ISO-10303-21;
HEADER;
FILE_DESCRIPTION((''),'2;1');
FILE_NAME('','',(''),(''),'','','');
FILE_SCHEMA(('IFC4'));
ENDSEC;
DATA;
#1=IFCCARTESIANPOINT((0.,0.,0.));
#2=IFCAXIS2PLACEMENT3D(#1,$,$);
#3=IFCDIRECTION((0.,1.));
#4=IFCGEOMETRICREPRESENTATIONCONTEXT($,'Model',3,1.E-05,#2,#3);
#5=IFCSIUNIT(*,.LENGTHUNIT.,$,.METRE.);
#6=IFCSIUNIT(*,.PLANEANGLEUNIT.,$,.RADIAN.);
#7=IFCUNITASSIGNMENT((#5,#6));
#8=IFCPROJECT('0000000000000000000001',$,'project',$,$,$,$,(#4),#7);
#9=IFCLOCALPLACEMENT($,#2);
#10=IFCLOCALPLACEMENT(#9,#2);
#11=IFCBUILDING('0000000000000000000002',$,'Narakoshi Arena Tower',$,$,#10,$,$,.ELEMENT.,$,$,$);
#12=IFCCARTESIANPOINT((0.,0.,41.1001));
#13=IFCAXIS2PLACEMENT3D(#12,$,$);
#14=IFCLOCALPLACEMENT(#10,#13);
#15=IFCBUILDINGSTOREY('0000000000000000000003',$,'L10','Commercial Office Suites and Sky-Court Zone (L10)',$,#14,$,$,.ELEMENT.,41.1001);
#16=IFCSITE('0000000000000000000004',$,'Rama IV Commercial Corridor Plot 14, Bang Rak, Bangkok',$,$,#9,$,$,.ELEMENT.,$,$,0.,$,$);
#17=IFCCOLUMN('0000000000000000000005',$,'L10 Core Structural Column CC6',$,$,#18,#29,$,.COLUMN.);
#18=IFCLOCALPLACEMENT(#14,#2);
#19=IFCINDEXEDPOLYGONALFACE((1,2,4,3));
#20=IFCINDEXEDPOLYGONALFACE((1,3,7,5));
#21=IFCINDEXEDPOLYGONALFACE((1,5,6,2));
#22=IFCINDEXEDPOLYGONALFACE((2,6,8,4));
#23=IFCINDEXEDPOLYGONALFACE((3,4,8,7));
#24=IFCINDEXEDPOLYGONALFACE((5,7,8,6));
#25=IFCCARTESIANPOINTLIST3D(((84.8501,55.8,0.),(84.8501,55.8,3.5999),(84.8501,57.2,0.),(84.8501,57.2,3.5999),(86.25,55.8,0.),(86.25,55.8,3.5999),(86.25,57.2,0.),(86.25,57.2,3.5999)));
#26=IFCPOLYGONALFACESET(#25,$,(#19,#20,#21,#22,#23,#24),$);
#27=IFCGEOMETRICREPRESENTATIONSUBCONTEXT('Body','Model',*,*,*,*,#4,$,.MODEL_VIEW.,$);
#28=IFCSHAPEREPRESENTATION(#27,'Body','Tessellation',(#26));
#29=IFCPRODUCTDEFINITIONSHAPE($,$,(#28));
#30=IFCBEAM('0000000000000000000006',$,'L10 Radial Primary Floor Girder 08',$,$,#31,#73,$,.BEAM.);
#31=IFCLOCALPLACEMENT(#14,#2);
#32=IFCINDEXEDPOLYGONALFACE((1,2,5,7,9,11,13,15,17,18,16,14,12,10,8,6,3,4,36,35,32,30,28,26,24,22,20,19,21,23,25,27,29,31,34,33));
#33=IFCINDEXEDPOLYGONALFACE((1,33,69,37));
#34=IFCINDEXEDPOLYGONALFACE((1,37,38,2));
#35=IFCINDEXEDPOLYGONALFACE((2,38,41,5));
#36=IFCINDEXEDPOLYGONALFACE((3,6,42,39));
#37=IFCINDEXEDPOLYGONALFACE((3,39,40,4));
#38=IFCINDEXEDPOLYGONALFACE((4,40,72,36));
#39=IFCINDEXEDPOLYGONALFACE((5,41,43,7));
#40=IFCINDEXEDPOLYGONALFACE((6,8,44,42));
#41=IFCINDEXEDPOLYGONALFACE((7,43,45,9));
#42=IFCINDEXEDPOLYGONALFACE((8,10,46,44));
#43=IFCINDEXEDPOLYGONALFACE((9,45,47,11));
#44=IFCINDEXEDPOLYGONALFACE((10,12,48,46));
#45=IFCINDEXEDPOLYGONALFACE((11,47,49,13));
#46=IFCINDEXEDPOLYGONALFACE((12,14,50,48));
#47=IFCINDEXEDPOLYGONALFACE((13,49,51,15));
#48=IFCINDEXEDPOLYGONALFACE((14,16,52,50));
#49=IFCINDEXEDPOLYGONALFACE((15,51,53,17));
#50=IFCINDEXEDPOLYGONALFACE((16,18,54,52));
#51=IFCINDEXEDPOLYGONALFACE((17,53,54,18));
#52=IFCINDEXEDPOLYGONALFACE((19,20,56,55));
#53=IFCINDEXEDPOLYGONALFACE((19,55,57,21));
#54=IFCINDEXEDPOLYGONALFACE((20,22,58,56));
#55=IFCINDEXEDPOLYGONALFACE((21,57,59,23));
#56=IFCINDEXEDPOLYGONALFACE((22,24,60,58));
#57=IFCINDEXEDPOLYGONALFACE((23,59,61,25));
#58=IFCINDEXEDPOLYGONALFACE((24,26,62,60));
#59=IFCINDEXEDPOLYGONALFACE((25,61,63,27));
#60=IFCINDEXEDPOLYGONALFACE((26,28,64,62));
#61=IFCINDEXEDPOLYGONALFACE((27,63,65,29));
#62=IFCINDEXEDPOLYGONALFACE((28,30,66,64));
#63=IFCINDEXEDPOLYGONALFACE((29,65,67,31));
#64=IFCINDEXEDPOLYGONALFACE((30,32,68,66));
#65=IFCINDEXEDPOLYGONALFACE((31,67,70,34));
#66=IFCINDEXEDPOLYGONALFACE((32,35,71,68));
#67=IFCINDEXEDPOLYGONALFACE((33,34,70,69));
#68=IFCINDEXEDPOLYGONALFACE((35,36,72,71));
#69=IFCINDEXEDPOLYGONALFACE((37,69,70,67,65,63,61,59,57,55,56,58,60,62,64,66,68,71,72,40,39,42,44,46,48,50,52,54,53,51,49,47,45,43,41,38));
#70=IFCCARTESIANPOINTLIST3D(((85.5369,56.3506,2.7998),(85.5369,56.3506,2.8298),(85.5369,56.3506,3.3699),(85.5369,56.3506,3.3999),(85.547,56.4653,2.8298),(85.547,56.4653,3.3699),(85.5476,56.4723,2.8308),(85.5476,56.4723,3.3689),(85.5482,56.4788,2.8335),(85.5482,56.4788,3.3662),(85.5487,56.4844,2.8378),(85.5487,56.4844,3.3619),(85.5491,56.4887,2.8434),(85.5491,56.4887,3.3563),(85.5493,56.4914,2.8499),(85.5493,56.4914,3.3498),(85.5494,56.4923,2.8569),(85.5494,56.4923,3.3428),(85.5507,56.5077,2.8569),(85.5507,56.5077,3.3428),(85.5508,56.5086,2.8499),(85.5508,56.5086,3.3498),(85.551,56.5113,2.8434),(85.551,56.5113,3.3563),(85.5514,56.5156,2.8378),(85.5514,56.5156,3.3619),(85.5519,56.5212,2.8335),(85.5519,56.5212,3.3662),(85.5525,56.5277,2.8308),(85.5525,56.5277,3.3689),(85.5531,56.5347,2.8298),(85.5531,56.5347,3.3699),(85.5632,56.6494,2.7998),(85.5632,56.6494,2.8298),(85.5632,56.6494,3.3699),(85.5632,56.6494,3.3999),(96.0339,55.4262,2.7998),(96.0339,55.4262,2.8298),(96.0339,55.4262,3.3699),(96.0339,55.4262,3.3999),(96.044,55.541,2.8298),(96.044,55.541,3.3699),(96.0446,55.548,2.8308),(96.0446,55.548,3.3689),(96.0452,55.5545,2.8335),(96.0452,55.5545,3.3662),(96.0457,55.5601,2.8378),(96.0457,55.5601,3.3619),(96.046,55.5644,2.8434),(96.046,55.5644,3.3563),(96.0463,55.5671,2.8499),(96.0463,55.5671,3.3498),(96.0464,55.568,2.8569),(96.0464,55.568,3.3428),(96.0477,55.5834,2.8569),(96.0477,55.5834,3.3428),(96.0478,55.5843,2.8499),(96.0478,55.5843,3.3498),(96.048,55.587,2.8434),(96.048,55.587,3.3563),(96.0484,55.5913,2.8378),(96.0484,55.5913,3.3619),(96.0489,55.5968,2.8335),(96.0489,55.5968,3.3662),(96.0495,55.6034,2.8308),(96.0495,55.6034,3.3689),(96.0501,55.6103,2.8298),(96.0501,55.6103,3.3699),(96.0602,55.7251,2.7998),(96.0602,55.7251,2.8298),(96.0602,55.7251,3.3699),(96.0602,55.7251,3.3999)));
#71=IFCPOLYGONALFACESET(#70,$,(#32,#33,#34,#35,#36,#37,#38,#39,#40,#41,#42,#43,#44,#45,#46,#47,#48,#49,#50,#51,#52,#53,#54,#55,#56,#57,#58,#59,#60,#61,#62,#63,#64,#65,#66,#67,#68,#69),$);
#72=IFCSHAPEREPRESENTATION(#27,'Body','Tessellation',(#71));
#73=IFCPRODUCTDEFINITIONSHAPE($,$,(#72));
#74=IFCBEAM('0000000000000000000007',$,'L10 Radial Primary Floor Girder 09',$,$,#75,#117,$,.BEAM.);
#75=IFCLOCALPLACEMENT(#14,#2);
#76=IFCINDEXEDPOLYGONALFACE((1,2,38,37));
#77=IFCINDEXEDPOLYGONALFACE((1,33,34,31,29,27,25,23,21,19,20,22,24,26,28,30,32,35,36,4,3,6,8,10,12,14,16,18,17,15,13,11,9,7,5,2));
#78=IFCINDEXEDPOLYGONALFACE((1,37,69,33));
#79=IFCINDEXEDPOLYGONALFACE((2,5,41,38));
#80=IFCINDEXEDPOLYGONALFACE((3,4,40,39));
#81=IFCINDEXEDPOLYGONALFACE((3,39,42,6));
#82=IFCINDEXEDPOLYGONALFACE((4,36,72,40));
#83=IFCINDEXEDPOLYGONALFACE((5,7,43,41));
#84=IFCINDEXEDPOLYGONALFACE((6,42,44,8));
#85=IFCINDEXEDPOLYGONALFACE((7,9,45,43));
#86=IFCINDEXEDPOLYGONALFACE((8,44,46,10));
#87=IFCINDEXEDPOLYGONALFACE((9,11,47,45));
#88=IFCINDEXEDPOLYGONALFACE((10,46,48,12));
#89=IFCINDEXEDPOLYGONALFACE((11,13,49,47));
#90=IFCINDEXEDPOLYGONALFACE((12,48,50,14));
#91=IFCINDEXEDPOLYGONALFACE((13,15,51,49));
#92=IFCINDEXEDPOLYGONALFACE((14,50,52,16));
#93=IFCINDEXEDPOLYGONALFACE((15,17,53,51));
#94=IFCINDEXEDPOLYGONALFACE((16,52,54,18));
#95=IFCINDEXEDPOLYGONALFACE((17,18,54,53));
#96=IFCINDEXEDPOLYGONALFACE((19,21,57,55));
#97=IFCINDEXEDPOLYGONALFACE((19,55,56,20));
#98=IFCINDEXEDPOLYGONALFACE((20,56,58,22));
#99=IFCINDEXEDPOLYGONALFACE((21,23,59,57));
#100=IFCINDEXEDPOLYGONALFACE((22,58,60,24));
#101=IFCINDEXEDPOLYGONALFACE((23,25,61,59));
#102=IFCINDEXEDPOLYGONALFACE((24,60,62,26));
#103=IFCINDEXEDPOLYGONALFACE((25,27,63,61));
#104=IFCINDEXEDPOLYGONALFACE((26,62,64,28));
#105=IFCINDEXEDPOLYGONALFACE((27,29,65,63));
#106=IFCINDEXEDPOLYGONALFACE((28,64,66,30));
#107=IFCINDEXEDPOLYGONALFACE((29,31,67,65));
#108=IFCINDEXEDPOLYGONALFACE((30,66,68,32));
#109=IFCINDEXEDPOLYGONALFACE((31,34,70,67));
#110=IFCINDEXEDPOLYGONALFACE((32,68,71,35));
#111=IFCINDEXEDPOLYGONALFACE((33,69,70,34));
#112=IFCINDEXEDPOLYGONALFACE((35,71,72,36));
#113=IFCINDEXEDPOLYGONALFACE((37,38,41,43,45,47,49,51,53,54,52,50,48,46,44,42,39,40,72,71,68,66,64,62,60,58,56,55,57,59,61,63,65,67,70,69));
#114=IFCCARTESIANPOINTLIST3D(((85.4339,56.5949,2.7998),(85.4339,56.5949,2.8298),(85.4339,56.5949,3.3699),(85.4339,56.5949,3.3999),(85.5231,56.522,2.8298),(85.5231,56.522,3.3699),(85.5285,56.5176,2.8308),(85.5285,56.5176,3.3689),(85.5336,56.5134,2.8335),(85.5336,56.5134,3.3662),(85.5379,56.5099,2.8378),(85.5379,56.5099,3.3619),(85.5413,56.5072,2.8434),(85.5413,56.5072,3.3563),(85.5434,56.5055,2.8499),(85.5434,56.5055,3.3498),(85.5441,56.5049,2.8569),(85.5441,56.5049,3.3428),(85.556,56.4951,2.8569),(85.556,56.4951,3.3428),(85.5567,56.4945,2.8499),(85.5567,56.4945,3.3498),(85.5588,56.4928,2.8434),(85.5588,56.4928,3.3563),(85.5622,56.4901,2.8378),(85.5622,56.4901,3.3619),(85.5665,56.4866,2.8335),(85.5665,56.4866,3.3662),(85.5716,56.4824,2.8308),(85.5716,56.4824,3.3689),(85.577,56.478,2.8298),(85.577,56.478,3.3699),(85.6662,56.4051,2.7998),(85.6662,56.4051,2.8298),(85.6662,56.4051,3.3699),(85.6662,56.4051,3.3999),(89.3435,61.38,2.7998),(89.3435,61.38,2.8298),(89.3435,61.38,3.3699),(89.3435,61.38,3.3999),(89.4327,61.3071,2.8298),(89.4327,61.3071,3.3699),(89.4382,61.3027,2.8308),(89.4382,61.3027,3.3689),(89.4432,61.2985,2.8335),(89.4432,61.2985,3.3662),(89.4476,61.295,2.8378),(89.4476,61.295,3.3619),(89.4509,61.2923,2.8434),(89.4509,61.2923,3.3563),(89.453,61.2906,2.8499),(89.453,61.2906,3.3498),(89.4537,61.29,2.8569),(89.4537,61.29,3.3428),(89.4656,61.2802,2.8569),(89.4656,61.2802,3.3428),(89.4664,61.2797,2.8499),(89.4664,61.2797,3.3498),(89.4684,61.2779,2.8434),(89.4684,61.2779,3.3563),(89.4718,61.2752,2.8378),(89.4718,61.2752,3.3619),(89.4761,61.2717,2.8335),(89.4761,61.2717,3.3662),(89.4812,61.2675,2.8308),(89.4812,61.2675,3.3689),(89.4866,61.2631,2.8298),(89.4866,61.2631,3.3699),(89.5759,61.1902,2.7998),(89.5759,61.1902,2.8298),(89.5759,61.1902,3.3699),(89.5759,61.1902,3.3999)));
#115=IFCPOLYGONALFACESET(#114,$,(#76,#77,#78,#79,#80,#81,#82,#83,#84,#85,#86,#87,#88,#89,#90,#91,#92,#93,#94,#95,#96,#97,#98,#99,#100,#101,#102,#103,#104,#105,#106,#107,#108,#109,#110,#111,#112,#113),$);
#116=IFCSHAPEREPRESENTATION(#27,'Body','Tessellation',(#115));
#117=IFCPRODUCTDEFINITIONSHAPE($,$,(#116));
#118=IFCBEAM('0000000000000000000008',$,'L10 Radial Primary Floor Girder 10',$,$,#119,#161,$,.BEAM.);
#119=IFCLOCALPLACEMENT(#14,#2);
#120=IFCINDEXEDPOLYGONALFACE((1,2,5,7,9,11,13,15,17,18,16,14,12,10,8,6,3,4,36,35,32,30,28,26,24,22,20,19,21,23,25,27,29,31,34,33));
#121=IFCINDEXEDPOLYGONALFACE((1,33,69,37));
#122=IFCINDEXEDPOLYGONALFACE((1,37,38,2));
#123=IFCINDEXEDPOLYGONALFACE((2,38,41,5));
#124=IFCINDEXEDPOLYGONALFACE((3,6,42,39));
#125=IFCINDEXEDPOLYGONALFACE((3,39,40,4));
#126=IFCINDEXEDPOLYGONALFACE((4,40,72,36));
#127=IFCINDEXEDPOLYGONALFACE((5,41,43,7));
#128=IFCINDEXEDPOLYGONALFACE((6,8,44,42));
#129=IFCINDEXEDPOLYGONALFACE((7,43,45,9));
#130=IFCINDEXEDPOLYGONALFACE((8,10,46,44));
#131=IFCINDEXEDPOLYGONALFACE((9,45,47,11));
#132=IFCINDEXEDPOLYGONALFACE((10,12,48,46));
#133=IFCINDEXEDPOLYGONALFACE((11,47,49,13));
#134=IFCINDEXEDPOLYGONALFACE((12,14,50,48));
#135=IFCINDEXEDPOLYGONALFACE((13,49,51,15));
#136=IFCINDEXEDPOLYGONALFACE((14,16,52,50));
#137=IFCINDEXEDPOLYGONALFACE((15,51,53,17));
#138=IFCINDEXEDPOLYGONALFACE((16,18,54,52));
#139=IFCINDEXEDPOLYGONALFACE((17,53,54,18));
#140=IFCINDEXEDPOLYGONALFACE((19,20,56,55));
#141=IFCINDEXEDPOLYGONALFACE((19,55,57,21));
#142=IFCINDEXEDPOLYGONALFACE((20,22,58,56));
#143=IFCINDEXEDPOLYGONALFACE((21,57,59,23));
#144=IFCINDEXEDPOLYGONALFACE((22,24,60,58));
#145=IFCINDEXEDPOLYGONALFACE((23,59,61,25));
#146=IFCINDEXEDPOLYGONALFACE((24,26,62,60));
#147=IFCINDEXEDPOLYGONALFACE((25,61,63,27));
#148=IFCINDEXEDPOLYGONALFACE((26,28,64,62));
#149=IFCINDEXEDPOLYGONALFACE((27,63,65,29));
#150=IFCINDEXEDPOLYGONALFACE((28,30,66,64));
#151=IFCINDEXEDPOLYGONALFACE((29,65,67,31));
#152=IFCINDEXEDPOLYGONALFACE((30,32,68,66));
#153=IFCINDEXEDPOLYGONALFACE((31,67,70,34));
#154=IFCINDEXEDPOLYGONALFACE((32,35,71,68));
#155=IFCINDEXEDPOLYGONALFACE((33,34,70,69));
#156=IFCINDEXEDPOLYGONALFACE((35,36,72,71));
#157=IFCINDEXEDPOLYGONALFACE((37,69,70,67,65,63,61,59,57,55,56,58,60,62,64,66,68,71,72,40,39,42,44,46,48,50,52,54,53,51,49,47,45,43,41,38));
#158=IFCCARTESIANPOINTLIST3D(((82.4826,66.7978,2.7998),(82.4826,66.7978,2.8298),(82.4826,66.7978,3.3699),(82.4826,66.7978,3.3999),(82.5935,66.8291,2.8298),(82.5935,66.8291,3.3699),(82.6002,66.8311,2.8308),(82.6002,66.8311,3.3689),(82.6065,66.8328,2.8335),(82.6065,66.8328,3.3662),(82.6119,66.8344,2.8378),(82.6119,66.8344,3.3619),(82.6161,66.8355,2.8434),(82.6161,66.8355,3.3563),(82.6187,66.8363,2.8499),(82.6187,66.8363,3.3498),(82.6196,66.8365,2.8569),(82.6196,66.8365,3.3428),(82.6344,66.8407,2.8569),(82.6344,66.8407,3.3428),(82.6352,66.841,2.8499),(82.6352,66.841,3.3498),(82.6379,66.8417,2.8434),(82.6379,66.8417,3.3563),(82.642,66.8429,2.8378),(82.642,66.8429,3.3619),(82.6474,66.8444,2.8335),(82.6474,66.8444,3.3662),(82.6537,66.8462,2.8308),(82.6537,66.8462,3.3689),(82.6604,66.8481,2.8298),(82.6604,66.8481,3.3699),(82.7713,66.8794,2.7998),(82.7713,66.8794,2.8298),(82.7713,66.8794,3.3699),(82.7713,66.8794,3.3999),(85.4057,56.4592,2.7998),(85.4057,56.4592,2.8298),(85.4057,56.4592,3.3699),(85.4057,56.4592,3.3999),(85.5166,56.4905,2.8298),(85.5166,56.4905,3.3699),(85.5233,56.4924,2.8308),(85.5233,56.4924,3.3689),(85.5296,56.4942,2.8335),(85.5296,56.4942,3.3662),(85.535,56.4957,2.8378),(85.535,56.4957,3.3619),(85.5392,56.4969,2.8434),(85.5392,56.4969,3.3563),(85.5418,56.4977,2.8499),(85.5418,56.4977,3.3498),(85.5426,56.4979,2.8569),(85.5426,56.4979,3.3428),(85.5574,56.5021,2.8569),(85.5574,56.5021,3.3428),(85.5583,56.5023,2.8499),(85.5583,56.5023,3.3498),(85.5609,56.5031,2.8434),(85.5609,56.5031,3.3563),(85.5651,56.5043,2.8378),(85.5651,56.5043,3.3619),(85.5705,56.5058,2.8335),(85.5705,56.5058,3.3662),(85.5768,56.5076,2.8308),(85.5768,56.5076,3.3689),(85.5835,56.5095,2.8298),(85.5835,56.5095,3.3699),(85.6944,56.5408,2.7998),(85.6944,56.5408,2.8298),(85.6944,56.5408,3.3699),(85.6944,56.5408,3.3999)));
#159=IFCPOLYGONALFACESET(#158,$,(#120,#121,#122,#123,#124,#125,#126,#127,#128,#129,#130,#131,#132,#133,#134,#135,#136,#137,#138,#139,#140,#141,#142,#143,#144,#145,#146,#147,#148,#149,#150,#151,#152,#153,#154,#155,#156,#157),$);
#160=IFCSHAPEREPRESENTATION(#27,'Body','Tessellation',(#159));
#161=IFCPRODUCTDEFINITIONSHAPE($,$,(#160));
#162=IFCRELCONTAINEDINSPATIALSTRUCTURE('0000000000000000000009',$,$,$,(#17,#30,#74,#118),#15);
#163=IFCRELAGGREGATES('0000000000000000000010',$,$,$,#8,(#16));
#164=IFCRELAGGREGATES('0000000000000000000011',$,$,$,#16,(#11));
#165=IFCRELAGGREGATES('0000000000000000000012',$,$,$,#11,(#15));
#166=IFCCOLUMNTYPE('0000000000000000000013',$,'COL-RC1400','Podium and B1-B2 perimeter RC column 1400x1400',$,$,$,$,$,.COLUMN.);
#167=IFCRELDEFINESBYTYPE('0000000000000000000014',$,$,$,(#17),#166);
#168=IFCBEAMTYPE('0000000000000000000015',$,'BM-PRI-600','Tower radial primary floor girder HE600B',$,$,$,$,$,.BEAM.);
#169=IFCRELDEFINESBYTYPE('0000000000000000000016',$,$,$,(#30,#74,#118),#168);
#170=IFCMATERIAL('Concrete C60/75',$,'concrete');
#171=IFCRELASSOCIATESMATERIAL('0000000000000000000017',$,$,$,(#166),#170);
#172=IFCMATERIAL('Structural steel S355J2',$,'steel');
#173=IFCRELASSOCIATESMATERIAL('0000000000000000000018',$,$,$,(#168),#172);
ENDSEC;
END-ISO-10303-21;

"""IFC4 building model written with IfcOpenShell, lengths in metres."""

from ifc_helpers import new_model, si_unit, direction, frame, origin, origin_2d, place, context, subcontext, project, spatial, rectangle, i_section, extrude, material, material_profile, profile_set, type_object, element, save


model = new_model("IFC4")

# Units and contexts
model_context = context("Model", 3, precision=1e-05, world=origin(), true_north=direction((0.0, 1.0)))
body_context = subcontext(model_context, "Body", "Model", "MODEL_VIEW")
ifc_project = project(units=[si_unit("LENGTHUNIT", "METRE"), si_unit("PLANEANGLEUNIT", "RADIAN")], contexts=[model_context])

# Site, building, storey
site_placement = place(None, origin())
site = spatial("IfcSite", under=ifc_project, at=site_placement, Name="Rama IV Commercial Corridor Plot 14, Bang Rak, Bangkok", CompositionType="ELEMENT", RefElevation=0.0)
building_placement = place(site_placement, origin())
building = spatial("IfcBuilding", under=site, at=building_placement, Name="Narakoshi Arena Tower", CompositionType="ELEMENT")
storey_placement = place(building_placement, frame((0.0, 0.0, 41.1001)))
storey = spatial("IfcBuildingStorey", under=building, at=storey_placement, Name="L10", Description="Commercial Office Suites and Sky-Court Zone (L10)", CompositionType="ELEMENT", Elevation=41.1001)

# Column
ifc_material_1 = material(Name="Concrete C60/75", Category="concrete")
ifc_material_profile_1 = material_profile(ifc_material_1, rectangle(XDim=1.3999, YDim=1.3999, at=origin_2d()), Name="RC1400x1400")
ifc_profile_set_1 = profile_set([ifc_material_profile_1], Name="Concrete C60/75")
column_type = type_object("IfcColumnType", Name="COL-RC1400", Description="Podium and B1-B2 perimeter RC column 1400x1400", PredefinedType="COLUMN", material=ifc_profile_set_1)
column_placement = place(storey_placement, frame((85.55, 56.5, 0.0), z_axis=(0.0, 0.0, 1.0), x_axis=(1.0, 0.0, 0.0)))
element("IfcColumn", 1, at=column_placement, inside=storey, type_object=column_type, Name="L10 Core Structural Column CC6", PredefinedType="COLUMN", context=body_context, shape_type="SweptSolid", body=[
    extrude(rectangle(XDim=1.3999, YDim=1.3999, at=origin_2d()), origin(), (0.0, 0.0, 1.0), 3.5999),
])

# Beams
ifc_material_2 = material(Name="Structural steel S355J2", Category="steel")
ifc_material_profile_2 = material_profile(ifc_material_2, i_section(OverallWidth=0.3, OverallDepth=0.6001, WebThickness=0.0154, FlangeThickness=0.03, FilletRadius=0.0271, at=origin_2d()), Name="HE600B")
ifc_profile_set_2 = profile_set([ifc_material_profile_2], Name="Structural steel S355J2")
beam_type_1 = type_object("IfcBeamType", Name="BM-PRI-600", Description="Tower radial primary floor girder HE600B", PredefinedType="BEAM", material=ifc_profile_set_2)
beam_1_placement = place(storey_placement, frame((85.55, 56.5, 3.0999), z_axis=(0.996146, -0.087715, 0.0), x_axis=(0.087715, 0.996146, 0.0)))
element("IfcBeam", 2, at=beam_1_placement, inside=storey, type_object=beam_type_1, Name="L10 Radial Primary Floor Girder 08", PredefinedType="BEAM", context=body_context, shape_type="SweptSolid", body=[
    extrude(i_section(OverallWidth=0.3, OverallDepth=0.6001, WebThickness=0.0154, FlangeThickness=0.03, FilletRadius=0.0271, at=origin_2d()), origin(), (0.0, 0.0, 1.0), 10.5376),
])
beam_2_placement = place(storey_placement, frame((85.55, 56.5, 3.0999), z_axis=(0.632708, 0.77439, 0.0), x_axis=(-0.77439, 0.632708, 0.0)))
element("IfcBeam", 3, at=beam_2_placement, inside=storey, type_object=beam_type_1, Name="L10 Radial Primary Floor Girder 09", PredefinedType="BEAM", context=body_context, shape_type="SweptSolid", body=[
    extrude(i_section(OverallWidth=0.3, OverallDepth=0.6001, WebThickness=0.0154, FlangeThickness=0.03, FilletRadius=0.0271, at=origin_2d()), origin(), (0.0, 0.0, 1.0), 6.1792),
])
beam_3_placement = place(storey_placement, frame((85.55, 56.5, 3.0999), z_axis=(-0.27207, 0.962277, 0.0), x_axis=(-0.962277, -0.27207, 0.0)))
element("IfcBeam", 4, at=beam_3_placement, inside=storey, type_object=beam_type_1, Name="L10 Radial Primary Floor Girder 10", PredefinedType="BEAM", context=body_context, shape_type="SweptSolid", body=[
    extrude(i_section(OverallWidth=0.3, OverallDepth=0.6001, WebThickness=0.0154, FlangeThickness=0.03, FilletRadius=0.0271, at=origin_2d()), origin(), (0.0, 0.0, 1.0), 10.7439),
])

save(model, "model.ifc")
